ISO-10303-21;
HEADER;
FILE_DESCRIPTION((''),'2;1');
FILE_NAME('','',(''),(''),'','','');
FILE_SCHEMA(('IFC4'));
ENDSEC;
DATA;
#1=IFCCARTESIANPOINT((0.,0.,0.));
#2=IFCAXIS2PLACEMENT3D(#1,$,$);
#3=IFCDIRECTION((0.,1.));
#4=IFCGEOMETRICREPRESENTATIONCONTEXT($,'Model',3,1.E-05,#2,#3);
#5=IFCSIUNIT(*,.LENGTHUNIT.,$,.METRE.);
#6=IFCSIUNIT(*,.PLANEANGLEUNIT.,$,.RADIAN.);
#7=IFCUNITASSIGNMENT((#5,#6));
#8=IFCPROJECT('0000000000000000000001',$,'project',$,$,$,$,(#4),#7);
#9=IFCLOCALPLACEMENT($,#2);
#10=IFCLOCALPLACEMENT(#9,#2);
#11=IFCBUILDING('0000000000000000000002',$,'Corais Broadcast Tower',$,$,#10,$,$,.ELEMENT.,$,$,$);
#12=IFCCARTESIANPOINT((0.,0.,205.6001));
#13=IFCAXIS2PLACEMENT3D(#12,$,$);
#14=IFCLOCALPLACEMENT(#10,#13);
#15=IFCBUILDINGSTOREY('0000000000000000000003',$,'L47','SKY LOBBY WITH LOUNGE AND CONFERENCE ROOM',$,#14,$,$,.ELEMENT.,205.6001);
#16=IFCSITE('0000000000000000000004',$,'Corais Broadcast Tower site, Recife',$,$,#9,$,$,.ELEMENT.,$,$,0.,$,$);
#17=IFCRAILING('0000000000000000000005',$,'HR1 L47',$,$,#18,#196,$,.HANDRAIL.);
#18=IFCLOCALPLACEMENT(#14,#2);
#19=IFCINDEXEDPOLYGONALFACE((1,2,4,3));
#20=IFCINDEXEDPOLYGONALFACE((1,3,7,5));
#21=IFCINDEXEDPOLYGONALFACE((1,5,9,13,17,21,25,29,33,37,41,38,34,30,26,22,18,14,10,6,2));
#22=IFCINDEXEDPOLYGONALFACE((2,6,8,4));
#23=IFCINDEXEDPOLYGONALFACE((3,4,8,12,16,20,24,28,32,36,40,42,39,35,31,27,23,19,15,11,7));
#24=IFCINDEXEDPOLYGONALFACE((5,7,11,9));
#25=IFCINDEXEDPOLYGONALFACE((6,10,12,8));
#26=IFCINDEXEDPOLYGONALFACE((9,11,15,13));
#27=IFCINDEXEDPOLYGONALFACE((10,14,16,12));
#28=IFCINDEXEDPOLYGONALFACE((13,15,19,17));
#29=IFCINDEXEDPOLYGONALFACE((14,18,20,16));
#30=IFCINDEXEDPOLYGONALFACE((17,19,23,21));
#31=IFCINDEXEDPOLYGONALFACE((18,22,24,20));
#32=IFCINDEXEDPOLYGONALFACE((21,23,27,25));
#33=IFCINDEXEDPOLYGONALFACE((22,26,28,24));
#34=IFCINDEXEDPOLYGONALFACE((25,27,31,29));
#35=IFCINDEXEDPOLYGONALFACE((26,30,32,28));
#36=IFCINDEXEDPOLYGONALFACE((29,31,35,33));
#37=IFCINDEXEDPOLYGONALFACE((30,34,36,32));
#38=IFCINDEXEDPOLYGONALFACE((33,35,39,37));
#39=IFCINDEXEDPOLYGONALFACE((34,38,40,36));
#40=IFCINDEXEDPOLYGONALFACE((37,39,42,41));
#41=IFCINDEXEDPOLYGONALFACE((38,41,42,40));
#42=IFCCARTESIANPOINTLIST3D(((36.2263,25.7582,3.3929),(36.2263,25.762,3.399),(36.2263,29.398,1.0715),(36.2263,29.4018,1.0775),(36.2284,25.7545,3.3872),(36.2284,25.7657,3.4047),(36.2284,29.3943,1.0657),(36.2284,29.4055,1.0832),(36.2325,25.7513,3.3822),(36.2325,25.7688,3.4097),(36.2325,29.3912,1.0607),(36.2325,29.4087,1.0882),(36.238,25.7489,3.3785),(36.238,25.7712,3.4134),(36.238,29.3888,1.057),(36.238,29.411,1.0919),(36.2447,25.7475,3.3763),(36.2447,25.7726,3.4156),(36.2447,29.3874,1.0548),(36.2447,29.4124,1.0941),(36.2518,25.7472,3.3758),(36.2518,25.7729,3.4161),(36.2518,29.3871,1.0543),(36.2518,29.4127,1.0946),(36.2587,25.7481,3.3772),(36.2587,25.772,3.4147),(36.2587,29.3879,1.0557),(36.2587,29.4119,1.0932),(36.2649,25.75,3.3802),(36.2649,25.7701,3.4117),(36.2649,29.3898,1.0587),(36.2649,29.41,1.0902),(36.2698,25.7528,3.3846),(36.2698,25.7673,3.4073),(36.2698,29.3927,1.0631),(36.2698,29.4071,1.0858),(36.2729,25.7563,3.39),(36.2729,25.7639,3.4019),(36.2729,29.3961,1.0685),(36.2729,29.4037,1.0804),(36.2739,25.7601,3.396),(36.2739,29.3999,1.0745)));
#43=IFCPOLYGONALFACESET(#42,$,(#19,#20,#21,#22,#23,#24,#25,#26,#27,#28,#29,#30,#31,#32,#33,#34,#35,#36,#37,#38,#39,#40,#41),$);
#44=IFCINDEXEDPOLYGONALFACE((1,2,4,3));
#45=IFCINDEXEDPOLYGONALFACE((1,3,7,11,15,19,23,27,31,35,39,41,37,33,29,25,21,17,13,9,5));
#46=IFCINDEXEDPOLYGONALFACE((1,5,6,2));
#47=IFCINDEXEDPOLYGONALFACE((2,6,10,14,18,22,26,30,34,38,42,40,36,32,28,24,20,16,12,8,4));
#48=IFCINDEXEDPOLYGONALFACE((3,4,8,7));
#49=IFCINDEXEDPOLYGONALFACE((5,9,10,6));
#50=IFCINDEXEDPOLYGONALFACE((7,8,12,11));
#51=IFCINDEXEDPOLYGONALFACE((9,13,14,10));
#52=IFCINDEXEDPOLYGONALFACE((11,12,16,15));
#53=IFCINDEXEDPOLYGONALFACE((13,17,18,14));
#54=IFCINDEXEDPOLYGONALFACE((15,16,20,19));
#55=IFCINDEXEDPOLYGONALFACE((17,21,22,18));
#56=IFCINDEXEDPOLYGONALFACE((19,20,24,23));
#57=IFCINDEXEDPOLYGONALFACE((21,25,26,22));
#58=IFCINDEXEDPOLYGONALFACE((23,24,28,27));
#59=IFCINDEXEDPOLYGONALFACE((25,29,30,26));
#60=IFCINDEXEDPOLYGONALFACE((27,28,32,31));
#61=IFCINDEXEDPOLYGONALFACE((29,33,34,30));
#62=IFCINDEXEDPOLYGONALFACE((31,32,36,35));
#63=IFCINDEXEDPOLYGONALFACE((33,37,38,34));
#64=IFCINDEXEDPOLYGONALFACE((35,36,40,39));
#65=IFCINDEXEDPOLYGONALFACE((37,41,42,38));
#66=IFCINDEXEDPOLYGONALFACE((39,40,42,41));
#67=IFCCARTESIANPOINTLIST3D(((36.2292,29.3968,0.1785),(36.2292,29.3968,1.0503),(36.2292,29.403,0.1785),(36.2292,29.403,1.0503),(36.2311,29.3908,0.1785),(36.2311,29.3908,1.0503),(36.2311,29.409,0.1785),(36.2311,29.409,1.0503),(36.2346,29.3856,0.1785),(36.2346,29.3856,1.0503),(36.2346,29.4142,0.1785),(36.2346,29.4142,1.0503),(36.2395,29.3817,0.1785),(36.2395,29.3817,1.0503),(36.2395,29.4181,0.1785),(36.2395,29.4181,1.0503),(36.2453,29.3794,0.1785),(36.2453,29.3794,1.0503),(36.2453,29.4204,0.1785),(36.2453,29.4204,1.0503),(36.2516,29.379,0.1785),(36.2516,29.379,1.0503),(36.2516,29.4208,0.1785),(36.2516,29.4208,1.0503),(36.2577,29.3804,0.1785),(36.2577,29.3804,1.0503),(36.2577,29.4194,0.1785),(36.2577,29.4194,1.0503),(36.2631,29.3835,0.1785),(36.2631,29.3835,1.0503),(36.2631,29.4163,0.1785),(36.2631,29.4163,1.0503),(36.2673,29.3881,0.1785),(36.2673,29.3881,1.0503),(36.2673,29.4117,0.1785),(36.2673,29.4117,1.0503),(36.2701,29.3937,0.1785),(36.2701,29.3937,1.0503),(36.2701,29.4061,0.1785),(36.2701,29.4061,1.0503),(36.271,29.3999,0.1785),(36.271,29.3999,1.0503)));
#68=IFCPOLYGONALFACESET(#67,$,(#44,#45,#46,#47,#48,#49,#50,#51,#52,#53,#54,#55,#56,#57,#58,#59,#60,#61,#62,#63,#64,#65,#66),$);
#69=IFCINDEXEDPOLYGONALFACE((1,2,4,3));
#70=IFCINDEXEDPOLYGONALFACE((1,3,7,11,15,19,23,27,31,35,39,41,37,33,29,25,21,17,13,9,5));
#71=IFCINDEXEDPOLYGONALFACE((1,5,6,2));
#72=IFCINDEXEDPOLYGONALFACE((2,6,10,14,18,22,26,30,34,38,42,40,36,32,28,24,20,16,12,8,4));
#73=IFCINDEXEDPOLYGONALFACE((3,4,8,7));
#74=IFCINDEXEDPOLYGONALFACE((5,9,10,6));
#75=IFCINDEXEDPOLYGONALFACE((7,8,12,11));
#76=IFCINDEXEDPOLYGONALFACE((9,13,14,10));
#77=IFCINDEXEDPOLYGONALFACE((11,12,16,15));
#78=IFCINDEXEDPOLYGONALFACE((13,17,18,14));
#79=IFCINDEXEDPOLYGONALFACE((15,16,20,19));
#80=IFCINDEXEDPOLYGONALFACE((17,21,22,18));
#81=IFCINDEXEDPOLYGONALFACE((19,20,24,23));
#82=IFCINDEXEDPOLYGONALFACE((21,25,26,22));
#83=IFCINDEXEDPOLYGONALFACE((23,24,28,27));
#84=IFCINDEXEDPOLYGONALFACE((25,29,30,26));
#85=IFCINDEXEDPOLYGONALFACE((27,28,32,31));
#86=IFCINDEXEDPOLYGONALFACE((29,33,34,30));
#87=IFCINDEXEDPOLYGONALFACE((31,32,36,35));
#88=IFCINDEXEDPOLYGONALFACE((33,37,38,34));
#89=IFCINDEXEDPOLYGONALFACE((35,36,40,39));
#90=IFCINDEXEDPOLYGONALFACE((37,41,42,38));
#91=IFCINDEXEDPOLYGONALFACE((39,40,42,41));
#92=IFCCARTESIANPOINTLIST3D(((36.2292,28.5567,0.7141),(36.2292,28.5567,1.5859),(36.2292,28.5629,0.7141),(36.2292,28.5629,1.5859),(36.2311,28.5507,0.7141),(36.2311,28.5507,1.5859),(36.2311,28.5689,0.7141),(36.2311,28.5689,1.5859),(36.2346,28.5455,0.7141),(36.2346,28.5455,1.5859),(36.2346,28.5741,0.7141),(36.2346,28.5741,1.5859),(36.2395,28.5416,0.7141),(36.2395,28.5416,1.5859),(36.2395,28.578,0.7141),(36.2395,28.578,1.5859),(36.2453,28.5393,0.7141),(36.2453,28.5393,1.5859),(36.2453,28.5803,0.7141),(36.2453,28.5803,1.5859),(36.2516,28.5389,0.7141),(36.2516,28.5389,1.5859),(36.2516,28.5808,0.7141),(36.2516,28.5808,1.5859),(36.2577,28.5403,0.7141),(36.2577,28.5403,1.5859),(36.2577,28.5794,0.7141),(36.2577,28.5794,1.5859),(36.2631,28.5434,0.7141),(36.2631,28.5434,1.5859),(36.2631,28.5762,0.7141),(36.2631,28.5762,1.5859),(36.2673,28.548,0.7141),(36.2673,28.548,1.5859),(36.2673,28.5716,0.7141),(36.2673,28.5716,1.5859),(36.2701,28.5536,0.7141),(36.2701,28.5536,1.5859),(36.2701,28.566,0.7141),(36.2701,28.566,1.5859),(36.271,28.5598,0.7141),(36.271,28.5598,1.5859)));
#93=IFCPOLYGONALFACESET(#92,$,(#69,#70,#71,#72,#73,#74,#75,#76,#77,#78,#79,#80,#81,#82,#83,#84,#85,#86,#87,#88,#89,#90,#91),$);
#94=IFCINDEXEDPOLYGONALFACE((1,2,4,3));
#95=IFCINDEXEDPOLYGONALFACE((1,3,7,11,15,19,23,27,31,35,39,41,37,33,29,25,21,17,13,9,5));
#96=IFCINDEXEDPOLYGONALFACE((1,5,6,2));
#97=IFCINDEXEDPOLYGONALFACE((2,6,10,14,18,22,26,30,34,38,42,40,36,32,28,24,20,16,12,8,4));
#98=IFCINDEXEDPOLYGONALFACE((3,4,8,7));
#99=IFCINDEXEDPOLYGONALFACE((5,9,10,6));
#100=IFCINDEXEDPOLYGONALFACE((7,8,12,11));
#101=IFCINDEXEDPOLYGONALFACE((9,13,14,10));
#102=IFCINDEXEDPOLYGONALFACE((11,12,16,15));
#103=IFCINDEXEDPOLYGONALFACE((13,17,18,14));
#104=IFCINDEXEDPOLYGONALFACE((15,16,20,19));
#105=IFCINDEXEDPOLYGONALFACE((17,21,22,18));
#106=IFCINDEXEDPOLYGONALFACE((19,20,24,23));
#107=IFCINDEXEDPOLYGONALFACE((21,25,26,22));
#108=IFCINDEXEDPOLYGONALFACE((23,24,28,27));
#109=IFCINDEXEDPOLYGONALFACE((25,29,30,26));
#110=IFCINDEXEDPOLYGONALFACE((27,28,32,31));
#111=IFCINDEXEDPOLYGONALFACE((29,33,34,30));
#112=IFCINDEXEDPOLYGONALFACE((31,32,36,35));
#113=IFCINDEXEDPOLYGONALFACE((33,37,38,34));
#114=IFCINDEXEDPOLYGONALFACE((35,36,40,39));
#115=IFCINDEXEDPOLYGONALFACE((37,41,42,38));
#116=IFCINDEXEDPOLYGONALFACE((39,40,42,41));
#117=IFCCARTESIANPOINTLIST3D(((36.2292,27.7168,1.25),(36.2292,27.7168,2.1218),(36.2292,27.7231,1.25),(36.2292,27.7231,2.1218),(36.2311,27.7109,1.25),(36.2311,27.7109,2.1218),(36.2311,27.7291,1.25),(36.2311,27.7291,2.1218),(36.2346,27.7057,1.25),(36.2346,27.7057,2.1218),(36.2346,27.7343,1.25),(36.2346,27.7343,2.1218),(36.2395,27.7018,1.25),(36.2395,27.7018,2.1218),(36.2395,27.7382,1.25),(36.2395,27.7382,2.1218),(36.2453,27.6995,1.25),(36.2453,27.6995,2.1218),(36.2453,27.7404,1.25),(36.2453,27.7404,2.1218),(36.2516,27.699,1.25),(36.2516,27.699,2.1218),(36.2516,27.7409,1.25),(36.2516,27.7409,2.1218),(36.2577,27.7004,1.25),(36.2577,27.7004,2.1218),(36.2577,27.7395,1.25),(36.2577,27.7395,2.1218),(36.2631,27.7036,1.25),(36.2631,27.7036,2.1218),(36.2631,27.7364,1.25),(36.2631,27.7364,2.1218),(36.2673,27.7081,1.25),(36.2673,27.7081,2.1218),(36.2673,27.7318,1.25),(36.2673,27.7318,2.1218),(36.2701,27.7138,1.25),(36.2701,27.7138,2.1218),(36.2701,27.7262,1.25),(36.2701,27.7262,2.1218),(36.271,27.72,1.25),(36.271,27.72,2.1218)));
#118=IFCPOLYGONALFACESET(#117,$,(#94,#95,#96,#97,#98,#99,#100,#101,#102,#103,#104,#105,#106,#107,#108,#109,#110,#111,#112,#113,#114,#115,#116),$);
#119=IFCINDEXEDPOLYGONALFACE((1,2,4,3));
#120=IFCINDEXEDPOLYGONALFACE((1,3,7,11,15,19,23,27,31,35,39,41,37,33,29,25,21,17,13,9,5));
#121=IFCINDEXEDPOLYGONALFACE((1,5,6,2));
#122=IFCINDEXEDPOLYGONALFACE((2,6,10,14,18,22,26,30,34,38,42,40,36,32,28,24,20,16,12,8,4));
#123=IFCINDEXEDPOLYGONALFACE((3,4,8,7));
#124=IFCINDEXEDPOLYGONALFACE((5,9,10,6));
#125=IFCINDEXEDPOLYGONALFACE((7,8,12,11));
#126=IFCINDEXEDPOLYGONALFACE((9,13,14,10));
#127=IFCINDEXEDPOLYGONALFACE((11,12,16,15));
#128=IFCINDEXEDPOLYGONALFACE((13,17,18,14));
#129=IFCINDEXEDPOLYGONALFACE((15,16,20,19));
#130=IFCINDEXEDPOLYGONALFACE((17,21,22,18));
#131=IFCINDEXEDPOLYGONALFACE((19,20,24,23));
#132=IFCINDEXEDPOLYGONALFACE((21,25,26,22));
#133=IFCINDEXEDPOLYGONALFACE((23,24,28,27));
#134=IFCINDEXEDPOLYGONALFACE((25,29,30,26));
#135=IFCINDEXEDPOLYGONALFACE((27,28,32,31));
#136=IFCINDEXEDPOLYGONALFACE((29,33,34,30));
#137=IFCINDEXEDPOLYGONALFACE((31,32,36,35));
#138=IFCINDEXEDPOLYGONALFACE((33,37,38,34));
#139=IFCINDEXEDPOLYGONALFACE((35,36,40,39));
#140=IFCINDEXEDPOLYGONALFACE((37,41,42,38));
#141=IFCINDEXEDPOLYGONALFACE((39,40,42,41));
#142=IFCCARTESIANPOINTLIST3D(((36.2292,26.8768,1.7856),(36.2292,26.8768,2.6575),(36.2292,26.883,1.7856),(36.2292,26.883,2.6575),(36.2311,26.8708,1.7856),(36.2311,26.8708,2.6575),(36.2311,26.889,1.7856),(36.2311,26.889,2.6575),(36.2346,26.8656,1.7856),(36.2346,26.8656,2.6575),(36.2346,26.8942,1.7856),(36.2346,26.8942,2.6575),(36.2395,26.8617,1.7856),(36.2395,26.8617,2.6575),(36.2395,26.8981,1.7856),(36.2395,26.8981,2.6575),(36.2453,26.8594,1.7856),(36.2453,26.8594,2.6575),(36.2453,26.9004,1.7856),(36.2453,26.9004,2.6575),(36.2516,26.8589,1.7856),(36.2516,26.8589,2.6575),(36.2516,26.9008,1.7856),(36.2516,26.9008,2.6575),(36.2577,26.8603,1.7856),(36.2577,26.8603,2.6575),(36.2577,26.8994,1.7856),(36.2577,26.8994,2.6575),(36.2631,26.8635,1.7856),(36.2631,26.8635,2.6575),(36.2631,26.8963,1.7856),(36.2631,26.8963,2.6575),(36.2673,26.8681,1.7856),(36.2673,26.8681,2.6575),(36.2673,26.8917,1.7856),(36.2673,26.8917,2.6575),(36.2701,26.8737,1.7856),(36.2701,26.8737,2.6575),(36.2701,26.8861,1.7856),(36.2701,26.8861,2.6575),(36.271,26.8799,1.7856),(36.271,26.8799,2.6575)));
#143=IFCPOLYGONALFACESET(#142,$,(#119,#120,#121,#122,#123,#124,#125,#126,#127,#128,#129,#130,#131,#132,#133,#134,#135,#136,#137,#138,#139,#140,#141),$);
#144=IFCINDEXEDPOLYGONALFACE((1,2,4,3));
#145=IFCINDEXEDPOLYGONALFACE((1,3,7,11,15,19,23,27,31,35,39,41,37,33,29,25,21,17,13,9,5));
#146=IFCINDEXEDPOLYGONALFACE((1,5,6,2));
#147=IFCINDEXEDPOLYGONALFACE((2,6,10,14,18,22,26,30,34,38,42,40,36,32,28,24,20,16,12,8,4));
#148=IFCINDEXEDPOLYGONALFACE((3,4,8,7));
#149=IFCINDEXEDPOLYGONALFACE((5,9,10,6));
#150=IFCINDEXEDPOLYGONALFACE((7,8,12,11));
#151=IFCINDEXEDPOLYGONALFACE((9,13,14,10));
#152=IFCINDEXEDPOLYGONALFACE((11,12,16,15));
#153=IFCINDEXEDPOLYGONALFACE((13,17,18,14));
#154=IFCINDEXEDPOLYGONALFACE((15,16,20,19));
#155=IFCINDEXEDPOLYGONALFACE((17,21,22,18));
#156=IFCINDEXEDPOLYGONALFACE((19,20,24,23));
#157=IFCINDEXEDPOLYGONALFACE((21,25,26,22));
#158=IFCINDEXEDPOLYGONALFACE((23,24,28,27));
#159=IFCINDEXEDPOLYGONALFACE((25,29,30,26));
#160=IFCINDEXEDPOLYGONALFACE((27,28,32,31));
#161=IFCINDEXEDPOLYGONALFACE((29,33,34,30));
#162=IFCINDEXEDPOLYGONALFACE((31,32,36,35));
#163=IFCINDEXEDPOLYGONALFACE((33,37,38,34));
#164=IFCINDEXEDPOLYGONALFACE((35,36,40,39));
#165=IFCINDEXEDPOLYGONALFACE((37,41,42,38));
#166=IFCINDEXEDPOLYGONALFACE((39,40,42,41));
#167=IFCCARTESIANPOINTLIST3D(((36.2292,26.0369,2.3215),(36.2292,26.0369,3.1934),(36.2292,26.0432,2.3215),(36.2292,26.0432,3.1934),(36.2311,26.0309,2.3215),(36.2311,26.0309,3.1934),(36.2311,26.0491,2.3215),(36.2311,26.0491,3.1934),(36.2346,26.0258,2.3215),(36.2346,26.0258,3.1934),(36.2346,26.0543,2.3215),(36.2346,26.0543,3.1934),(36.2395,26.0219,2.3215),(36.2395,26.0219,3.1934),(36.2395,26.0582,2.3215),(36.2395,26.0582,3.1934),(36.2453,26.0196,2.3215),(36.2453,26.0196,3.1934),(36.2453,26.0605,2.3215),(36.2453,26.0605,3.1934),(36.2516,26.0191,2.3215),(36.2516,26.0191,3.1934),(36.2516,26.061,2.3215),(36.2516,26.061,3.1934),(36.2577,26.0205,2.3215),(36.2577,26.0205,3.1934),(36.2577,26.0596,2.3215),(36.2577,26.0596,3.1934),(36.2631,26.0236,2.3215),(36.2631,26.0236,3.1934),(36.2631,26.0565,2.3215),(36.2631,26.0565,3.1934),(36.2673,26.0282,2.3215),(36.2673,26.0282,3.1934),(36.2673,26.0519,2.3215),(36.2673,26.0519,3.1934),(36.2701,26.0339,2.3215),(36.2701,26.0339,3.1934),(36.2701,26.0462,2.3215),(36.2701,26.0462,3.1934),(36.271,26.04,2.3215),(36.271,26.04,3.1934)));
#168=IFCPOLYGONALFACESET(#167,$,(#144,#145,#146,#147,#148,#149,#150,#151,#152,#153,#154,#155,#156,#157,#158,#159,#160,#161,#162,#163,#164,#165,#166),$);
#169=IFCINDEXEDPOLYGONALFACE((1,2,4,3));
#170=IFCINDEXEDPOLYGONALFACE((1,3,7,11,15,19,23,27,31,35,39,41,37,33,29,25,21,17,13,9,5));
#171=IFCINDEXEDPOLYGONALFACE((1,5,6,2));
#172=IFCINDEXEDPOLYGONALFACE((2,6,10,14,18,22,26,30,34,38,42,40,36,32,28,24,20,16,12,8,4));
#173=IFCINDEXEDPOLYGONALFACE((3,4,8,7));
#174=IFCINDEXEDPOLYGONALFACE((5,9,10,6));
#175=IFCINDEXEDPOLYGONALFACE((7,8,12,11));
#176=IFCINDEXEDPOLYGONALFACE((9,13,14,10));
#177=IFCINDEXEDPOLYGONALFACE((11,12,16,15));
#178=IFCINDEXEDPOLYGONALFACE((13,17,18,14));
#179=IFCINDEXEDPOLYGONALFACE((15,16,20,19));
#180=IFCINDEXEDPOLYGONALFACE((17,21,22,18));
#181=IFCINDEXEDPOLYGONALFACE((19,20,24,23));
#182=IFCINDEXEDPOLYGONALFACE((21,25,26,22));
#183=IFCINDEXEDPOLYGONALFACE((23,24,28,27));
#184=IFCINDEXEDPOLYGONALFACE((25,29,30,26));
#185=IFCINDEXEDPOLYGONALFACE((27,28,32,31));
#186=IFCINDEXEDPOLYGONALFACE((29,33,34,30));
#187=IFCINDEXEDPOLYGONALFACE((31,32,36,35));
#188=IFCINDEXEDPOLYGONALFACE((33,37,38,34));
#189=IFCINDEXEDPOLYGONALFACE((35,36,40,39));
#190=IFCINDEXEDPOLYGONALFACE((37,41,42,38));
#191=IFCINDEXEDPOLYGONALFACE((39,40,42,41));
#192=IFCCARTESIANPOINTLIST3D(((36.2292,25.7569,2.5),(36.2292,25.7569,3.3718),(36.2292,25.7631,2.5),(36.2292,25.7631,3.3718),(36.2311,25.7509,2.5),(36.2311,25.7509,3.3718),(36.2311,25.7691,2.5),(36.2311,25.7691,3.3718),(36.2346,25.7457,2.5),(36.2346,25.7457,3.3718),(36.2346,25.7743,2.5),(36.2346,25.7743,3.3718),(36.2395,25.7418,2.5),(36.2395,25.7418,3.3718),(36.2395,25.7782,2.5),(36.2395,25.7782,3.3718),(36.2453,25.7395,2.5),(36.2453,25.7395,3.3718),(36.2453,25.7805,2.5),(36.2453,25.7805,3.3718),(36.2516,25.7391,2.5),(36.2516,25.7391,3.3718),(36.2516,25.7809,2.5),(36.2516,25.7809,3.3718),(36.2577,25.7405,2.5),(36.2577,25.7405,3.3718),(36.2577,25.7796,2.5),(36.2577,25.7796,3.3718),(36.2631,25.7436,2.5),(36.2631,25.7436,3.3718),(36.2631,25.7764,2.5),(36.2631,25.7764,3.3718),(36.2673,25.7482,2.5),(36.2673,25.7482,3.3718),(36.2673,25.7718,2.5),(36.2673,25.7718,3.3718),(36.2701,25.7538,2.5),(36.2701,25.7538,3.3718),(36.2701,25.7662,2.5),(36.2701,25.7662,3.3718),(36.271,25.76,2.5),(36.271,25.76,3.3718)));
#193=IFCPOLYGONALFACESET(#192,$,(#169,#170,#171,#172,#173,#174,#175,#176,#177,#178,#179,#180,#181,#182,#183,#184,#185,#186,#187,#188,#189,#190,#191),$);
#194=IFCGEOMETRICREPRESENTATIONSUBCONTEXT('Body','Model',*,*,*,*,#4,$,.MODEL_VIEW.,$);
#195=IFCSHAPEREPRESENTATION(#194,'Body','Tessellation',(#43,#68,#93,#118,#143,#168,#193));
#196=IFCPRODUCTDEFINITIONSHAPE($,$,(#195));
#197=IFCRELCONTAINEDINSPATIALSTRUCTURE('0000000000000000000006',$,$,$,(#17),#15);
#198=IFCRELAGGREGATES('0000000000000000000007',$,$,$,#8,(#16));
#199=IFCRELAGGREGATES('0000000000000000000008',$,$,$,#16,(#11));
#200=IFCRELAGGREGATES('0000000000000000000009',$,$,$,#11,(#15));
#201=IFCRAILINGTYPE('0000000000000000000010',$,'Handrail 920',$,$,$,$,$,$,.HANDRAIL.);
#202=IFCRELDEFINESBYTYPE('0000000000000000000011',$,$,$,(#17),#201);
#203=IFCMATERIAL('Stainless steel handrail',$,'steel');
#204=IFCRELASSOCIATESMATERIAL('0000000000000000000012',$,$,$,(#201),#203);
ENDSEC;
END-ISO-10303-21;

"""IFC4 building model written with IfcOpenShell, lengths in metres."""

from ifc_helpers import new_model, si_unit, direction, frame, origin, origin_2d, place, context, subcontext, project, spatial, circle, extrude, material, type_object, element, save


model = new_model("IFC4")

# Units and contexts
model_context = context("Model", 3, precision=1e-05, world=origin(), true_north=direction((0.0, 1.0)))
body_context = subcontext(model_context, "Body", "Model", "MODEL_VIEW")
ifc_project = project(units=[si_unit("LENGTHUNIT", "METRE"), si_unit("PLANEANGLEUNIT", "RADIAN")], contexts=[model_context])

# Site, building, storey
site_placement = place(None, origin())
site = spatial("IfcSite", under=ifc_project, at=site_placement, Name="Corais Broadcast Tower site, Recife", CompositionType="ELEMENT", RefElevation=0.0)
building_placement = place(site_placement, origin())
building = spatial("IfcBuilding", under=site, at=building_placement, Name="Corais Broadcast Tower", CompositionType="ELEMENT")
storey_placement = place(building_placement, frame((0.0, 0.0, 205.6001)))
storey = spatial("IfcBuildingStorey", under=building, at=storey_placement, Name="L47", Description="SKY LOBBY WITH LOUNGE AND CONFERENCE ROOM", CompositionType="ELEMENT", Elevation=205.6001)

# Railing
ifc_material_1 = material(Name="Stainless steel handrail", Category="steel")
railing_type = type_object("IfcRailingType", Name="Handrail 920", PredefinedType="HANDRAIL", material=ifc_material_1)
for number, where, name in (
    (1, (36.25, 29.3999, 0.1785), "HR1 L47"),
):
    element("IfcRailing", number, at=place(storey_placement, frame(where)), inside=storey, type_object=railing_type, Name=name, PredefinedType="HANDRAIL", context=body_context, shape_type="SweptSolid", body=[
        extrude(circle(Radius=0.0239, at=origin_2d()), frame((0.0, 0.0, 0.896), z_axis=(0.0, -0.843112, 0.537739), x_axis=(1.0, 0.0, 0.0)), (0.0, 0.0, 1.0), 4.3171),
        extrude(circle(Radius=0.021, at=origin_2d()), origin(), (0.0, 0.0, 1.0), 0.8718),
        extrude(circle(Radius=0.021, at=origin_2d()), frame((0.0, -0.8401, 0.5356)), (0.0, 0.0, 1.0), 0.8718),
        extrude(circle(Radius=0.021, at=origin_2d()), frame((0.0, -1.6799, 1.0715)), (0.0, 0.0, 1.0), 0.8718),
        extrude(circle(Radius=0.021, at=origin_2d()), frame((0.0, -2.52, 1.6072)), (0.0, 0.0, 1.0), 0.8718),
        extrude(circle(Radius=0.021, at=origin_2d()), frame((0.0, -3.3599, 2.1431)), (0.0, 0.0, 1.0), 0.8718),
        extrude(circle(Radius=0.021, at=origin_2d()), frame((0.0, -3.6399, 2.3215)), (0.0, 0.0, 1.0), 0.8718),
    ])

save(model, "model.ifc")
